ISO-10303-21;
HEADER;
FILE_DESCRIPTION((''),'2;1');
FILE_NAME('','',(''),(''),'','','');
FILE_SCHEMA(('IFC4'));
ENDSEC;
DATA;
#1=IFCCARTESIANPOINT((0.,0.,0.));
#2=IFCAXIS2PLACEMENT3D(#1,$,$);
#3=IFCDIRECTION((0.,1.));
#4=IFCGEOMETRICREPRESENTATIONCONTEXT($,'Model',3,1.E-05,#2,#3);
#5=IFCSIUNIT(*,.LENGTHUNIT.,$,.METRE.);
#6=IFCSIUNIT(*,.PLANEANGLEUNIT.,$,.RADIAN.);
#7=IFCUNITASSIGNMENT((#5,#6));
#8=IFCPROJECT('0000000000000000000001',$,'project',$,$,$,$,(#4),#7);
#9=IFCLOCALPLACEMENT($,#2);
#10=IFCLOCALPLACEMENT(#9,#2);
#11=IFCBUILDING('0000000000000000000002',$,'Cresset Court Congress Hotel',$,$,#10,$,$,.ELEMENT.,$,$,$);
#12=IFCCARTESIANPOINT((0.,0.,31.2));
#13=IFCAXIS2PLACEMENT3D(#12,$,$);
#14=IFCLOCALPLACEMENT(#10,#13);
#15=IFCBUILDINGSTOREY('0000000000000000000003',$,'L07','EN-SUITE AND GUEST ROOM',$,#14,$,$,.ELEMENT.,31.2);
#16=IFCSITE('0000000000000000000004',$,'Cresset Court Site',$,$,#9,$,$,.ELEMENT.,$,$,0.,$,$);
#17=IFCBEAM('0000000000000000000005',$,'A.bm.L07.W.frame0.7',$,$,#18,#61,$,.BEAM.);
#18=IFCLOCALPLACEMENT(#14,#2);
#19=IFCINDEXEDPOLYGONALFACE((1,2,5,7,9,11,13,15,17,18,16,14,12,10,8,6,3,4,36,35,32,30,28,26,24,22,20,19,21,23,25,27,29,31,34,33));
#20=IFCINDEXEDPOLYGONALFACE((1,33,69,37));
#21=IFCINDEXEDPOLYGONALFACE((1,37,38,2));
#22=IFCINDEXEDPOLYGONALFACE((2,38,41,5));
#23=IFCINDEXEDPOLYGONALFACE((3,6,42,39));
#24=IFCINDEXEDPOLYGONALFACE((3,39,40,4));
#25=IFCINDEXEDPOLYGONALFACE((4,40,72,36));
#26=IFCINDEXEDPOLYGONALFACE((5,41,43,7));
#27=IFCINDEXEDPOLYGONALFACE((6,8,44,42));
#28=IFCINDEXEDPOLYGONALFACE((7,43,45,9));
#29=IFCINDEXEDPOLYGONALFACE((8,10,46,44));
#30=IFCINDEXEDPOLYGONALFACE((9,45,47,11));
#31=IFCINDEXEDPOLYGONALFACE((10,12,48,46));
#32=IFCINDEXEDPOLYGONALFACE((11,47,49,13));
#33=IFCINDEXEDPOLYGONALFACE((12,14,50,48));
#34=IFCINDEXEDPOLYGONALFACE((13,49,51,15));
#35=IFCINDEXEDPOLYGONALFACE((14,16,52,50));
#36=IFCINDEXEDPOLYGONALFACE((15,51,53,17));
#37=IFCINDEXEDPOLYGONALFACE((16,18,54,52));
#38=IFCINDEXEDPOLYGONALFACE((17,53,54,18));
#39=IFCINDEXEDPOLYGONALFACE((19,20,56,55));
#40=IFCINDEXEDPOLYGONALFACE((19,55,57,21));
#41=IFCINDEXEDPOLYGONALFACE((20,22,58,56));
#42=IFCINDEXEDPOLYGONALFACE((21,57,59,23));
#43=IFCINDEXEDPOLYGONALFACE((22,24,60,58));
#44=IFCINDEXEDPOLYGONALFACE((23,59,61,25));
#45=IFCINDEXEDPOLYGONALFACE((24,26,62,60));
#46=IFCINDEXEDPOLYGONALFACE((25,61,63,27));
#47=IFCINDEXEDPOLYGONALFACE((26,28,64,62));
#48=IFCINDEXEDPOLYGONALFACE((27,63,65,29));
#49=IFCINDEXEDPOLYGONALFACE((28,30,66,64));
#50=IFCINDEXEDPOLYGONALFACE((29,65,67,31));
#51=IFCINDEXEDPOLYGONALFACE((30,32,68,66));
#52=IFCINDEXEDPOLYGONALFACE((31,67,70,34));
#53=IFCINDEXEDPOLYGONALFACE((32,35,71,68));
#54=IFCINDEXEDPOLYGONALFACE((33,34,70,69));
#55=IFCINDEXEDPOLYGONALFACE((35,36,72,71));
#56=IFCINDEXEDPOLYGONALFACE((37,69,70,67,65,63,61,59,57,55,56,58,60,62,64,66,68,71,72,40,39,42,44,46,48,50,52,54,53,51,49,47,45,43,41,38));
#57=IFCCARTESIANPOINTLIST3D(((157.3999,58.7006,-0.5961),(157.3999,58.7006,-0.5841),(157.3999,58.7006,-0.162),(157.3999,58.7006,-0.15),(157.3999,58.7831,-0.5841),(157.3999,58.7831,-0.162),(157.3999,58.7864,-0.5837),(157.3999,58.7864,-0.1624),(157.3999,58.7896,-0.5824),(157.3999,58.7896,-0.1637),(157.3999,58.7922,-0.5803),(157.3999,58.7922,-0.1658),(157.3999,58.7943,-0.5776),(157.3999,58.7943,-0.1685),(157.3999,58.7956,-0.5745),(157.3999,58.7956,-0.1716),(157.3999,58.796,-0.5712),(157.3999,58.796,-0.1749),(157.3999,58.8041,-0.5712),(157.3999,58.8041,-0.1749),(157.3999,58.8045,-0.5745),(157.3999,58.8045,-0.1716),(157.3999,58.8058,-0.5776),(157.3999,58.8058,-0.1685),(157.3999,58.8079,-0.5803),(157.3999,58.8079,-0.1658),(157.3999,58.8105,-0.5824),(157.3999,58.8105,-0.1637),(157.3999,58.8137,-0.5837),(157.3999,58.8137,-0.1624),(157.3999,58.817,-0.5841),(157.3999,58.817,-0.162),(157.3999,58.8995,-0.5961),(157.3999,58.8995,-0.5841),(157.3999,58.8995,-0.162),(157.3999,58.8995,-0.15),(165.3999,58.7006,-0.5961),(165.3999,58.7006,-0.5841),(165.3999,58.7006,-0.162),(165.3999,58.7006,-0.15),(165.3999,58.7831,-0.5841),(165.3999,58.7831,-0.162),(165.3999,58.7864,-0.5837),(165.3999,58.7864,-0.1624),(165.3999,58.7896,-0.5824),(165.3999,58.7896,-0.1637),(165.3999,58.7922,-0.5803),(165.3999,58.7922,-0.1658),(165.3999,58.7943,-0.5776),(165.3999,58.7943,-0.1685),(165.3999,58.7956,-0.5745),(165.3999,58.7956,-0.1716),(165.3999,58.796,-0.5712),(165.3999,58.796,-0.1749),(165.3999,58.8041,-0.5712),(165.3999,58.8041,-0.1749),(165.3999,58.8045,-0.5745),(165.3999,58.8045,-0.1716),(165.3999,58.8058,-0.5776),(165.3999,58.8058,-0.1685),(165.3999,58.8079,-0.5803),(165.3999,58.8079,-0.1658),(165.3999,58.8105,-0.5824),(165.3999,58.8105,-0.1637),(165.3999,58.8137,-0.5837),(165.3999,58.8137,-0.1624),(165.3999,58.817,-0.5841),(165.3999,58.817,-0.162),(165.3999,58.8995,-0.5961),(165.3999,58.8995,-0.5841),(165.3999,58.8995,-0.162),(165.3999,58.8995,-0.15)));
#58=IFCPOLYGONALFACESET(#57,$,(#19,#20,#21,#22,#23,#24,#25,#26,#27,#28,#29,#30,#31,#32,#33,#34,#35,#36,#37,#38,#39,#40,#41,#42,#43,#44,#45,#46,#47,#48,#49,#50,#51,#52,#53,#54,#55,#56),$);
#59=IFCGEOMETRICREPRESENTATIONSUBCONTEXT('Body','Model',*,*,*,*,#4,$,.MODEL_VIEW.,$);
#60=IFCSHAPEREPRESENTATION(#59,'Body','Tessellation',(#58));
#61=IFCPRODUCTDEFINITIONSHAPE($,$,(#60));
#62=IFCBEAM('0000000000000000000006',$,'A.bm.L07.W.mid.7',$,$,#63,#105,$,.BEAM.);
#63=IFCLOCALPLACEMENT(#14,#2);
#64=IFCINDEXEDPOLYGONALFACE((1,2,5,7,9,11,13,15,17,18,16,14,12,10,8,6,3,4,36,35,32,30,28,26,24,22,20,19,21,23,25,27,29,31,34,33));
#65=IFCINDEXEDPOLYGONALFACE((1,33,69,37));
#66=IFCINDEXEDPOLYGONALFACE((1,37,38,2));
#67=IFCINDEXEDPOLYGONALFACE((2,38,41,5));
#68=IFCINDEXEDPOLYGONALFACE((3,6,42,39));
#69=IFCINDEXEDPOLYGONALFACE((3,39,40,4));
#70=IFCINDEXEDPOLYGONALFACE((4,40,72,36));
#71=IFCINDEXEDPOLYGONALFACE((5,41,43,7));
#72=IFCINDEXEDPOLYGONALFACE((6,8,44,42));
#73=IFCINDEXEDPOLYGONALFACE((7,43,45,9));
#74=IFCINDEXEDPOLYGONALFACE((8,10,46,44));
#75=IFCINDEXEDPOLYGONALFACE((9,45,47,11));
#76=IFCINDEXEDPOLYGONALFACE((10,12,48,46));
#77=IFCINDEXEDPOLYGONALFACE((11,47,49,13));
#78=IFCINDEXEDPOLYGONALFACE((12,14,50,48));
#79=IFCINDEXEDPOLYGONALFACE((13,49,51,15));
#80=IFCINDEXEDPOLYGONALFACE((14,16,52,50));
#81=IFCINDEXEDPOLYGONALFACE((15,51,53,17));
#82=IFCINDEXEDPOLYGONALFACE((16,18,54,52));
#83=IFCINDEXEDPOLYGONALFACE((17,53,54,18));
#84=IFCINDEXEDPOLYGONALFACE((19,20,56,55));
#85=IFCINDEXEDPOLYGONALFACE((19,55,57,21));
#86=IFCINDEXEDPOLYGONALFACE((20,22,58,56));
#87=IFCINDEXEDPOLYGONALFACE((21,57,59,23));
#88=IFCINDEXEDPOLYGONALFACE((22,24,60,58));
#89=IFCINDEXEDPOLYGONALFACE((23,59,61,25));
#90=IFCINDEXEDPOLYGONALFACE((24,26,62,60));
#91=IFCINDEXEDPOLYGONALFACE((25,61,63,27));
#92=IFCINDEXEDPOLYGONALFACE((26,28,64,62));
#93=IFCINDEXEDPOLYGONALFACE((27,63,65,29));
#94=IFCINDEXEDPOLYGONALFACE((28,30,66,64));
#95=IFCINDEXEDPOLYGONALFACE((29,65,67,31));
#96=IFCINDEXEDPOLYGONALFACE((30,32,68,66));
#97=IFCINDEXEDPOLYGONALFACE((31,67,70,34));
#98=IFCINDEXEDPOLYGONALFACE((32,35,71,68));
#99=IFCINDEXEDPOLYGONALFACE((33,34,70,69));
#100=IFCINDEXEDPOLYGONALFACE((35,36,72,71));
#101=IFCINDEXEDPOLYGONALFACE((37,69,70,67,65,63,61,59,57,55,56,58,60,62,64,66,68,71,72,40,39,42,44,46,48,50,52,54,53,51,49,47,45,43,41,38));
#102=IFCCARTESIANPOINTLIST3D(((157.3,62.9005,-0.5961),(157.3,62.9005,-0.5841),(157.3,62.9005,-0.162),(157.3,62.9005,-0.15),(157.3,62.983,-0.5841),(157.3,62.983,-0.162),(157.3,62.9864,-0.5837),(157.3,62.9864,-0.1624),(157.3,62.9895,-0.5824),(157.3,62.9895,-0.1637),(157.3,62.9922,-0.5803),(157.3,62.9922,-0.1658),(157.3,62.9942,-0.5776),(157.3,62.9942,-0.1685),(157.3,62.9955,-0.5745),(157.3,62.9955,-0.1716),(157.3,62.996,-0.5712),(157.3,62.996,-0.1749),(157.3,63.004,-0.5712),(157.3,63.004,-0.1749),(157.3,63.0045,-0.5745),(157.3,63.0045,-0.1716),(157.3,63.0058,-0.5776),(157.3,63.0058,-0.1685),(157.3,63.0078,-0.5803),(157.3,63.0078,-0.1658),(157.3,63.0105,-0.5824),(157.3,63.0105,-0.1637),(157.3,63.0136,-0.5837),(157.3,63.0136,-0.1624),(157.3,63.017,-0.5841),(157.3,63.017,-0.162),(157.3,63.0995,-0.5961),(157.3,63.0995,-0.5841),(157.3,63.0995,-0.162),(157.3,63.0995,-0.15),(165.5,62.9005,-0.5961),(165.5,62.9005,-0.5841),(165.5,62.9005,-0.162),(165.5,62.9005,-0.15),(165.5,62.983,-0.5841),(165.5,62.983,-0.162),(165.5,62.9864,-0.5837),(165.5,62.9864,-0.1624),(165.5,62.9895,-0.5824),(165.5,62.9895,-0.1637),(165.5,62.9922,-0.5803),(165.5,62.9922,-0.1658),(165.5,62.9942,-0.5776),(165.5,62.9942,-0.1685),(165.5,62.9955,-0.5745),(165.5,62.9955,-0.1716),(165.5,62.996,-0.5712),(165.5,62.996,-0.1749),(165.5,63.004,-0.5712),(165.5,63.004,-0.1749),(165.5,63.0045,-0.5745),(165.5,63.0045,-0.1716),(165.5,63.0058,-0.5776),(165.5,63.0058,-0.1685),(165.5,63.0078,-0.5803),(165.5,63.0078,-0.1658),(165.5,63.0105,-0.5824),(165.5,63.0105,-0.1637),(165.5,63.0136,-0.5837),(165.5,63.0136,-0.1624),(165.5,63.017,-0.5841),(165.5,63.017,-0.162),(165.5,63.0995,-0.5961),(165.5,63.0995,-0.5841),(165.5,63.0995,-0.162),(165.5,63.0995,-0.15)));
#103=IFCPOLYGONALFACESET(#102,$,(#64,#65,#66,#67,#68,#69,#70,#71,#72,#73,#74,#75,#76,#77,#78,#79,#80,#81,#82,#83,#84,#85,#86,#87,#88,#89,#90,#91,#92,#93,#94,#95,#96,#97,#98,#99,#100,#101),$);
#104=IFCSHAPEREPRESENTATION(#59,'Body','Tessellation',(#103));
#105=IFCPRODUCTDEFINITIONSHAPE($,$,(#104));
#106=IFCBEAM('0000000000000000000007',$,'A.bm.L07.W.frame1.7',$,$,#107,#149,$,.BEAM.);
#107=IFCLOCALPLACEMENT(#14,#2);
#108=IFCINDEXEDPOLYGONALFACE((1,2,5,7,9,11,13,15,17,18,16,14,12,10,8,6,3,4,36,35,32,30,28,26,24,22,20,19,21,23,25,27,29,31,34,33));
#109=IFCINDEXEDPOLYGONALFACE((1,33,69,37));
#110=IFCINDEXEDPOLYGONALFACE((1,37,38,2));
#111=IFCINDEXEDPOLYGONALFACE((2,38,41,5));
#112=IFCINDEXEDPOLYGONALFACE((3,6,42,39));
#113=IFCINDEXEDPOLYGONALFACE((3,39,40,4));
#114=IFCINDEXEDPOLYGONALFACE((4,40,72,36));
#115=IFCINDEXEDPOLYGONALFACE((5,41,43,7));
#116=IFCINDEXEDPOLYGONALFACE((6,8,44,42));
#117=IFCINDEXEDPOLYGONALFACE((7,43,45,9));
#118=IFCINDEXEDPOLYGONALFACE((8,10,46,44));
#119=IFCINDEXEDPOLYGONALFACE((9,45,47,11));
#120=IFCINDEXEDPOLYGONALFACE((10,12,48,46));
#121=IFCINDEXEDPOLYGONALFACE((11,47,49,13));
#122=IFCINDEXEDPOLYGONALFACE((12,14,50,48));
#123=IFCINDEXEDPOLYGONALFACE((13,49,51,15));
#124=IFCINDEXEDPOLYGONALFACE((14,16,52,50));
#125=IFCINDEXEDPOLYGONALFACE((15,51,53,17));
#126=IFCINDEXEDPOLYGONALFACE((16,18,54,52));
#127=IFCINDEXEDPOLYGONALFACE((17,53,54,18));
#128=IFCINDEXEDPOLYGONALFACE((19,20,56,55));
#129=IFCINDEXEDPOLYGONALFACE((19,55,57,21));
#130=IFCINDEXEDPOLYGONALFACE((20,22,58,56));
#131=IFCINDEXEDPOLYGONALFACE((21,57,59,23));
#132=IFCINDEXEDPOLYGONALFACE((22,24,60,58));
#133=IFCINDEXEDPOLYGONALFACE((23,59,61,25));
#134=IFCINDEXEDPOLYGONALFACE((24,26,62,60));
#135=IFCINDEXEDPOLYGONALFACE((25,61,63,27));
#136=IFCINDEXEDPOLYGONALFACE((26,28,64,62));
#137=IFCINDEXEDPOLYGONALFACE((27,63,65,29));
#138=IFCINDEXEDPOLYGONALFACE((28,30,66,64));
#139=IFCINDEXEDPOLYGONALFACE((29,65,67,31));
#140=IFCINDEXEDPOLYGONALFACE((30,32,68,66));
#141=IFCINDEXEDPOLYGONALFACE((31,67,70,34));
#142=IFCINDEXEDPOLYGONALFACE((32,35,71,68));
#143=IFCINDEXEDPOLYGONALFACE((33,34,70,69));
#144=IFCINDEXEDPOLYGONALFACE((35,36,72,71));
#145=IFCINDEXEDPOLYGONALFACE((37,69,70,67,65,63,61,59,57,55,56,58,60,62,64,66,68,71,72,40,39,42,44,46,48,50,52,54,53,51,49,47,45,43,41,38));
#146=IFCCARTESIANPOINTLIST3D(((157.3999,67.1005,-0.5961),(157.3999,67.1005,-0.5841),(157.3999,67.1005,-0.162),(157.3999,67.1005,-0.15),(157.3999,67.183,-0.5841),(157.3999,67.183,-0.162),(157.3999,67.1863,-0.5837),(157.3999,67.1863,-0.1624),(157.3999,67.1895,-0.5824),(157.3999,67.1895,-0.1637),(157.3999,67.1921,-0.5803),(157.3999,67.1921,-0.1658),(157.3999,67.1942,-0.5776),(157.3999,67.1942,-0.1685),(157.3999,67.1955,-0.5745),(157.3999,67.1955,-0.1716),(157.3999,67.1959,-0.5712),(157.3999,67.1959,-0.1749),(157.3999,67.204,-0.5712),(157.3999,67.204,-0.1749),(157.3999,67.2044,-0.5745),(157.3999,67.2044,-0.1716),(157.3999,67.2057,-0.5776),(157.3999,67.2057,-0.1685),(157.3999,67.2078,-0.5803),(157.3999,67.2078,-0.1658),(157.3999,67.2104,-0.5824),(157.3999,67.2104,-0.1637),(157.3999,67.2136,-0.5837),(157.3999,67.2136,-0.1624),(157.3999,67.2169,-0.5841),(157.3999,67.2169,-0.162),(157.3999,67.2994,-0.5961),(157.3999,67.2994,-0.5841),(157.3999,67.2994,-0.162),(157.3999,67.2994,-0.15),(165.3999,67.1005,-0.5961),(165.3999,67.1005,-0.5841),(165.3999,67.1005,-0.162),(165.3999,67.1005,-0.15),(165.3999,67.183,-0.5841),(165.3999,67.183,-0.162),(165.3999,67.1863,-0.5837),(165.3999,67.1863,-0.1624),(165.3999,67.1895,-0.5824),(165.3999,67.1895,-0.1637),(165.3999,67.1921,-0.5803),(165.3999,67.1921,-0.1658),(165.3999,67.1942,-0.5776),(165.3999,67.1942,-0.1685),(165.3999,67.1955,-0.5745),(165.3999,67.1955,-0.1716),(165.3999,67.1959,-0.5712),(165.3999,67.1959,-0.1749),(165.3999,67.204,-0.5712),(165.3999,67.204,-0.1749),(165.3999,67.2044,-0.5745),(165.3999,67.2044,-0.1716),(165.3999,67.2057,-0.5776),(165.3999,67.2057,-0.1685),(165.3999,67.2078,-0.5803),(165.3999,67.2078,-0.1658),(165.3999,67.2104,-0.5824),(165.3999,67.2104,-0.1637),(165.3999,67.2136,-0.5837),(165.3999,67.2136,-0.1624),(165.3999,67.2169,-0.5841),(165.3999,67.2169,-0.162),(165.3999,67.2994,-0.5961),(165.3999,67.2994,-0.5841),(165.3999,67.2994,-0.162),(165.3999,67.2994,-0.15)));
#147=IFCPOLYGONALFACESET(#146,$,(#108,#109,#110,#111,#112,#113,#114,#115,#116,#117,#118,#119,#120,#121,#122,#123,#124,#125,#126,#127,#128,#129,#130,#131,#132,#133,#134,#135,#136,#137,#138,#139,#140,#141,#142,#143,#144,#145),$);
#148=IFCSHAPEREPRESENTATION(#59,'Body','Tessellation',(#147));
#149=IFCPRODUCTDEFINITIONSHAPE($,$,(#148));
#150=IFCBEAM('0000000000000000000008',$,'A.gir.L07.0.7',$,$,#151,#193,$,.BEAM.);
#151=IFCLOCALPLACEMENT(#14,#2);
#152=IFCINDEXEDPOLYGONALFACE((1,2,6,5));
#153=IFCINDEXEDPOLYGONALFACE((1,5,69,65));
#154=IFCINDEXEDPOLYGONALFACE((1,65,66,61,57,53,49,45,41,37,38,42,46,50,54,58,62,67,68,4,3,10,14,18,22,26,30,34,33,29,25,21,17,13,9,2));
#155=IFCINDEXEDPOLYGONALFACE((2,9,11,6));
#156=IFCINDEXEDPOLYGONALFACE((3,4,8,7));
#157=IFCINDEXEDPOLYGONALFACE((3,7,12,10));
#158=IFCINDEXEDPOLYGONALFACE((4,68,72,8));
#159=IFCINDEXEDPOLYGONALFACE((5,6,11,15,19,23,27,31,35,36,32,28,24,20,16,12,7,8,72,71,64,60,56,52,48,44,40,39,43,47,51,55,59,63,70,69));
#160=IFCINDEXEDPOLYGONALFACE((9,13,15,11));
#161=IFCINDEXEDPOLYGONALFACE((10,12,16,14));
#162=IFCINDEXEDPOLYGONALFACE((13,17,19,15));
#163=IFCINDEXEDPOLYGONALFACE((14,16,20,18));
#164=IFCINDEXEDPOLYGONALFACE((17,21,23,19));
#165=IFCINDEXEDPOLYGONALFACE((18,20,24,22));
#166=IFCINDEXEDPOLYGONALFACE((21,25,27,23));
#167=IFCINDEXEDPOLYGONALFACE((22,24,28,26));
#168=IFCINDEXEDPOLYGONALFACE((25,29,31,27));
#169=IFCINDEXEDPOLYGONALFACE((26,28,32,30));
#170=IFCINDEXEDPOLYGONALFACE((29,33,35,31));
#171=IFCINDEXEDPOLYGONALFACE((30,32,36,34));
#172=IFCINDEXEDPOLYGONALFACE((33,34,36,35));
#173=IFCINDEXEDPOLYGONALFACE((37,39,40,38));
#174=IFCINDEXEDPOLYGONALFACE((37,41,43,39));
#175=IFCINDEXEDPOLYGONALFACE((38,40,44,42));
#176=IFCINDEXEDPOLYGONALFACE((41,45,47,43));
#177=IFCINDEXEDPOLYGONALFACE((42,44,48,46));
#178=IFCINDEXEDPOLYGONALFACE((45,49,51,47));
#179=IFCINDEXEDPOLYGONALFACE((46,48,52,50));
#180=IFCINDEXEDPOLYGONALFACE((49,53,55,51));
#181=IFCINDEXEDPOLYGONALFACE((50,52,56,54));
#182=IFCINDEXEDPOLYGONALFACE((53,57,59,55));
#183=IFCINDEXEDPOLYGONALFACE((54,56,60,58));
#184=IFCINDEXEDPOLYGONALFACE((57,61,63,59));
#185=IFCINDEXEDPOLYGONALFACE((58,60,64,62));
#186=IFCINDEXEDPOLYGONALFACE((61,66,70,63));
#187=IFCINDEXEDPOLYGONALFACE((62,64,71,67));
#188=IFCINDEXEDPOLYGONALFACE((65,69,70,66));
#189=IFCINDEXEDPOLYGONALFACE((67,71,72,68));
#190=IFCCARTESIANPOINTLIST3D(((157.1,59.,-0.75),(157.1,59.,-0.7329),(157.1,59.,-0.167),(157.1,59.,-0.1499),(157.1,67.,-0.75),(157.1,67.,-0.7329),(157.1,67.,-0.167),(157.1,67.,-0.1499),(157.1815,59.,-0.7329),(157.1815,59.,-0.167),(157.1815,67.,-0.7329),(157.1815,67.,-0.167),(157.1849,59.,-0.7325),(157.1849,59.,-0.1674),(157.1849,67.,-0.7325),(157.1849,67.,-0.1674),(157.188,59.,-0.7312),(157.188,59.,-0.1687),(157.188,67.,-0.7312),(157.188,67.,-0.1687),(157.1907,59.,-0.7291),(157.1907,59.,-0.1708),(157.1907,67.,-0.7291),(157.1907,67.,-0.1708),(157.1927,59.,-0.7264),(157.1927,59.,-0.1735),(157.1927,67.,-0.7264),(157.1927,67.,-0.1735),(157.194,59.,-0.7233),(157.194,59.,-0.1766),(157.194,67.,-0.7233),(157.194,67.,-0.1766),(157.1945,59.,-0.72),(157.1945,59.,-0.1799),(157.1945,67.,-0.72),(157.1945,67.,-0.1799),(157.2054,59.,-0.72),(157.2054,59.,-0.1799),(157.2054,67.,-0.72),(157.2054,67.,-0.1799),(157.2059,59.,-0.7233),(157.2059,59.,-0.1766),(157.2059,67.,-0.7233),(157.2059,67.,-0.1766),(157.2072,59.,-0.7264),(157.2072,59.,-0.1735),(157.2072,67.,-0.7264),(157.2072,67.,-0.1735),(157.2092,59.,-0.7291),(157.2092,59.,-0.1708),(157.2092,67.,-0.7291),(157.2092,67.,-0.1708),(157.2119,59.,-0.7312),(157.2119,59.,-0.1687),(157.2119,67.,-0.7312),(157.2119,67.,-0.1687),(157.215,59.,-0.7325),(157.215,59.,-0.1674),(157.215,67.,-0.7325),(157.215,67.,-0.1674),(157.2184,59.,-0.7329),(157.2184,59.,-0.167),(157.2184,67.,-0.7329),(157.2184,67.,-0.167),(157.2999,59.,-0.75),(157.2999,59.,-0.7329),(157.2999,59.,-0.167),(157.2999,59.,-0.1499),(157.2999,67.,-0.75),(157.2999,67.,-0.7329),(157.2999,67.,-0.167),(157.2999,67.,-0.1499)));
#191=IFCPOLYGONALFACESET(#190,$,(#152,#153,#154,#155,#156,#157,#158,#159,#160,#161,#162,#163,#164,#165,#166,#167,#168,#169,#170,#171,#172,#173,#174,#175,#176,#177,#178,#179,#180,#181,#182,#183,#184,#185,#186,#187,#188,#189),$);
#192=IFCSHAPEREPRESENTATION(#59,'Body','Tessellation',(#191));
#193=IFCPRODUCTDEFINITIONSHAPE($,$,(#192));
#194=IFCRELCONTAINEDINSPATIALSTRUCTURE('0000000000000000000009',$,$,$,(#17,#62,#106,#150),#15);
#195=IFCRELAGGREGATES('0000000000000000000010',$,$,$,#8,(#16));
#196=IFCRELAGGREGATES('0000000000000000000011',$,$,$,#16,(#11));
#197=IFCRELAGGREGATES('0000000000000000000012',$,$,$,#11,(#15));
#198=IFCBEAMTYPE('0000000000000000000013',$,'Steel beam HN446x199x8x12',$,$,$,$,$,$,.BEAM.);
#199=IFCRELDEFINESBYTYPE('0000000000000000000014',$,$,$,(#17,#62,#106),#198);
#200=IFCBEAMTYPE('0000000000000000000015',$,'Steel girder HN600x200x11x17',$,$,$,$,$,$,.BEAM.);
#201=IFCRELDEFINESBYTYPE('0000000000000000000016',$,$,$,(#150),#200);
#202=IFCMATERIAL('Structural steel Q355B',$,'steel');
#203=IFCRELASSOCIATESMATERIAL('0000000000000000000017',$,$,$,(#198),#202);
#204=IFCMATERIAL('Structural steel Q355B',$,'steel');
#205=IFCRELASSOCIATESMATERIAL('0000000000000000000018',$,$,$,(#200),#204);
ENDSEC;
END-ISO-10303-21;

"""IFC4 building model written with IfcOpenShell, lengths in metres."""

from ifc_helpers import new_model, si_unit, direction, frame, origin, origin_2d, place, context, subcontext, project, spatial, i_section, extrude, material, material_profile, profile_set, type_object, element, save


model = new_model("IFC4")

# Units and contexts
model_context = context("Model", 3, precision=1e-05, world=origin(), true_north=direction((0.0, 1.0)))
body_context = subcontext(model_context, "Body", "Model", "MODEL_VIEW")
ifc_project = project(units=[si_unit("LENGTHUNIT", "METRE"), si_unit("PLANEANGLEUNIT", "RADIAN")], contexts=[model_context])

# Site, building, storey
site_placement = place(None, origin())
site = spatial("IfcSite", under=ifc_project, at=site_placement, Name="Cresset Court Site", CompositionType="ELEMENT", RefElevation=0.0)
building_placement = place(site_placement, origin())
building = spatial("IfcBuilding", under=site, at=building_placement, Name="Cresset Court Congress Hotel", CompositionType="ELEMENT")
storey_placement = place(building_placement, frame((0.0, 0.0, 31.2)))
storey = spatial("IfcBuildingStorey", under=building, at=storey_placement, Name="L07", Description="EN-SUITE AND GUEST ROOM", CompositionType="ELEMENT", Elevation=31.2)

# Beams
ifc_material_1 = material(Name="Structural steel Q355B", Category="steel")
ifc_material_profile_1 = material_profile(ifc_material_1, i_section(OverallWidth=0.199, OverallDepth=0.446, WebThickness=0.0081, FlangeThickness=0.012, FilletRadius=0.0129, at=origin_2d()), Name="HN446x199x8x12")
ifc_profile_set_1 = profile_set([ifc_material_profile_1], Name="Structural steel Q355B")
beam_type_1 = type_object("IfcBeamType", Name="Steel beam HN446x199x8x12", PredefinedType="BEAM", material=ifc_profile_set_1)
beam_1_placement = place(storey_placement, frame((157.3999, 58.8, -0.373), z_axis=(1.0, 0.0, 0.0), x_axis=(0.0, 1.0, 0.0)))
element("IfcBeam", 1, at=beam_1_placement, inside=storey, type_object=beam_type_1, Name="A.bm.L07.W.frame0.7", PredefinedType="BEAM", context=body_context, shape_type="SweptSolid", body=[
    extrude(i_section(OverallWidth=0.199, OverallDepth=0.446, WebThickness=0.0081, FlangeThickness=0.012, FilletRadius=0.0129, at=origin_2d()), origin(), (0.0, 0.0, 1.0), 8.0),
])
beam_2_placement = place(storey_placement, frame((157.3, 63.0, -0.373), z_axis=(1.0, 0.0, 0.0), x_axis=(0.0, 1.0, 0.0)))
element("IfcBeam", 2, at=beam_2_placement, inside=storey, type_object=beam_type_1, Name="A.bm.L07.W.mid.7", PredefinedType="BEAM", context=body_context, shape_type="SweptSolid", body=[
    extrude(i_section(OverallWidth=0.199, OverallDepth=0.446, WebThickness=0.0081, FlangeThickness=0.012, FilletRadius=0.0129, at=origin_2d()), origin(), (0.0, 0.0, 1.0), 8.2),
])
beam_3_placement = place(storey_placement, frame((157.3999, 67.2, -0.373), z_axis=(1.0, 0.0, 0.0), x_axis=(0.0, 1.0, 0.0)))
element("IfcBeam", 3, at=beam_3_placement, inside=storey, type_object=beam_type_1, Name="A.bm.L07.W.frame1.7", PredefinedType="BEAM", context=body_context, shape_type="SweptSolid", body=[
    extrude(i_section(OverallWidth=0.199, OverallDepth=0.446, WebThickness=0.0081, FlangeThickness=0.012, FilletRadius=0.0129, at=origin_2d()), origin(), (0.0, 0.0, 1.0), 8.0),
])
ifc_material_2 = material(Name="Structural steel Q355B", Category="steel")
ifc_material_profile_2 = material_profile(ifc_material_2, i_section(OverallWidth=0.2, OverallDepth=0.6001, WebThickness=0.011, FlangeThickness=0.0171, FilletRadius=0.0129, at=origin_2d()), Name="HN600x200x11x17")
ifc_profile_set_2 = profile_set([ifc_material_profile_2], Name="Structural steel Q355B")
beam_type_2 = type_object("IfcBeamType", Name="Steel girder HN600x200x11x17", PredefinedType="BEAM", material=ifc_profile_set_2)
beam_4_placement = place(storey_placement, frame((157.2, 59.0, -0.45), z_axis=(0.0, 1.0, 0.0), x_axis=(-1.0, 0.0, 0.0)))
element("IfcBeam", 4, at=beam_4_placement, inside=storey, type_object=beam_type_2, Name="A.gir.L07.0.7", PredefinedType="BEAM", context=body_context, shape_type="SweptSolid", body=[
    extrude(i_section(OverallWidth=0.2, OverallDepth=0.6001, WebThickness=0.011, FlangeThickness=0.0171, FilletRadius=0.0129, at=origin_2d()), origin(), (0.0, 0.0, 1.0), 8.0),
])

save(model, "model.ifc")
